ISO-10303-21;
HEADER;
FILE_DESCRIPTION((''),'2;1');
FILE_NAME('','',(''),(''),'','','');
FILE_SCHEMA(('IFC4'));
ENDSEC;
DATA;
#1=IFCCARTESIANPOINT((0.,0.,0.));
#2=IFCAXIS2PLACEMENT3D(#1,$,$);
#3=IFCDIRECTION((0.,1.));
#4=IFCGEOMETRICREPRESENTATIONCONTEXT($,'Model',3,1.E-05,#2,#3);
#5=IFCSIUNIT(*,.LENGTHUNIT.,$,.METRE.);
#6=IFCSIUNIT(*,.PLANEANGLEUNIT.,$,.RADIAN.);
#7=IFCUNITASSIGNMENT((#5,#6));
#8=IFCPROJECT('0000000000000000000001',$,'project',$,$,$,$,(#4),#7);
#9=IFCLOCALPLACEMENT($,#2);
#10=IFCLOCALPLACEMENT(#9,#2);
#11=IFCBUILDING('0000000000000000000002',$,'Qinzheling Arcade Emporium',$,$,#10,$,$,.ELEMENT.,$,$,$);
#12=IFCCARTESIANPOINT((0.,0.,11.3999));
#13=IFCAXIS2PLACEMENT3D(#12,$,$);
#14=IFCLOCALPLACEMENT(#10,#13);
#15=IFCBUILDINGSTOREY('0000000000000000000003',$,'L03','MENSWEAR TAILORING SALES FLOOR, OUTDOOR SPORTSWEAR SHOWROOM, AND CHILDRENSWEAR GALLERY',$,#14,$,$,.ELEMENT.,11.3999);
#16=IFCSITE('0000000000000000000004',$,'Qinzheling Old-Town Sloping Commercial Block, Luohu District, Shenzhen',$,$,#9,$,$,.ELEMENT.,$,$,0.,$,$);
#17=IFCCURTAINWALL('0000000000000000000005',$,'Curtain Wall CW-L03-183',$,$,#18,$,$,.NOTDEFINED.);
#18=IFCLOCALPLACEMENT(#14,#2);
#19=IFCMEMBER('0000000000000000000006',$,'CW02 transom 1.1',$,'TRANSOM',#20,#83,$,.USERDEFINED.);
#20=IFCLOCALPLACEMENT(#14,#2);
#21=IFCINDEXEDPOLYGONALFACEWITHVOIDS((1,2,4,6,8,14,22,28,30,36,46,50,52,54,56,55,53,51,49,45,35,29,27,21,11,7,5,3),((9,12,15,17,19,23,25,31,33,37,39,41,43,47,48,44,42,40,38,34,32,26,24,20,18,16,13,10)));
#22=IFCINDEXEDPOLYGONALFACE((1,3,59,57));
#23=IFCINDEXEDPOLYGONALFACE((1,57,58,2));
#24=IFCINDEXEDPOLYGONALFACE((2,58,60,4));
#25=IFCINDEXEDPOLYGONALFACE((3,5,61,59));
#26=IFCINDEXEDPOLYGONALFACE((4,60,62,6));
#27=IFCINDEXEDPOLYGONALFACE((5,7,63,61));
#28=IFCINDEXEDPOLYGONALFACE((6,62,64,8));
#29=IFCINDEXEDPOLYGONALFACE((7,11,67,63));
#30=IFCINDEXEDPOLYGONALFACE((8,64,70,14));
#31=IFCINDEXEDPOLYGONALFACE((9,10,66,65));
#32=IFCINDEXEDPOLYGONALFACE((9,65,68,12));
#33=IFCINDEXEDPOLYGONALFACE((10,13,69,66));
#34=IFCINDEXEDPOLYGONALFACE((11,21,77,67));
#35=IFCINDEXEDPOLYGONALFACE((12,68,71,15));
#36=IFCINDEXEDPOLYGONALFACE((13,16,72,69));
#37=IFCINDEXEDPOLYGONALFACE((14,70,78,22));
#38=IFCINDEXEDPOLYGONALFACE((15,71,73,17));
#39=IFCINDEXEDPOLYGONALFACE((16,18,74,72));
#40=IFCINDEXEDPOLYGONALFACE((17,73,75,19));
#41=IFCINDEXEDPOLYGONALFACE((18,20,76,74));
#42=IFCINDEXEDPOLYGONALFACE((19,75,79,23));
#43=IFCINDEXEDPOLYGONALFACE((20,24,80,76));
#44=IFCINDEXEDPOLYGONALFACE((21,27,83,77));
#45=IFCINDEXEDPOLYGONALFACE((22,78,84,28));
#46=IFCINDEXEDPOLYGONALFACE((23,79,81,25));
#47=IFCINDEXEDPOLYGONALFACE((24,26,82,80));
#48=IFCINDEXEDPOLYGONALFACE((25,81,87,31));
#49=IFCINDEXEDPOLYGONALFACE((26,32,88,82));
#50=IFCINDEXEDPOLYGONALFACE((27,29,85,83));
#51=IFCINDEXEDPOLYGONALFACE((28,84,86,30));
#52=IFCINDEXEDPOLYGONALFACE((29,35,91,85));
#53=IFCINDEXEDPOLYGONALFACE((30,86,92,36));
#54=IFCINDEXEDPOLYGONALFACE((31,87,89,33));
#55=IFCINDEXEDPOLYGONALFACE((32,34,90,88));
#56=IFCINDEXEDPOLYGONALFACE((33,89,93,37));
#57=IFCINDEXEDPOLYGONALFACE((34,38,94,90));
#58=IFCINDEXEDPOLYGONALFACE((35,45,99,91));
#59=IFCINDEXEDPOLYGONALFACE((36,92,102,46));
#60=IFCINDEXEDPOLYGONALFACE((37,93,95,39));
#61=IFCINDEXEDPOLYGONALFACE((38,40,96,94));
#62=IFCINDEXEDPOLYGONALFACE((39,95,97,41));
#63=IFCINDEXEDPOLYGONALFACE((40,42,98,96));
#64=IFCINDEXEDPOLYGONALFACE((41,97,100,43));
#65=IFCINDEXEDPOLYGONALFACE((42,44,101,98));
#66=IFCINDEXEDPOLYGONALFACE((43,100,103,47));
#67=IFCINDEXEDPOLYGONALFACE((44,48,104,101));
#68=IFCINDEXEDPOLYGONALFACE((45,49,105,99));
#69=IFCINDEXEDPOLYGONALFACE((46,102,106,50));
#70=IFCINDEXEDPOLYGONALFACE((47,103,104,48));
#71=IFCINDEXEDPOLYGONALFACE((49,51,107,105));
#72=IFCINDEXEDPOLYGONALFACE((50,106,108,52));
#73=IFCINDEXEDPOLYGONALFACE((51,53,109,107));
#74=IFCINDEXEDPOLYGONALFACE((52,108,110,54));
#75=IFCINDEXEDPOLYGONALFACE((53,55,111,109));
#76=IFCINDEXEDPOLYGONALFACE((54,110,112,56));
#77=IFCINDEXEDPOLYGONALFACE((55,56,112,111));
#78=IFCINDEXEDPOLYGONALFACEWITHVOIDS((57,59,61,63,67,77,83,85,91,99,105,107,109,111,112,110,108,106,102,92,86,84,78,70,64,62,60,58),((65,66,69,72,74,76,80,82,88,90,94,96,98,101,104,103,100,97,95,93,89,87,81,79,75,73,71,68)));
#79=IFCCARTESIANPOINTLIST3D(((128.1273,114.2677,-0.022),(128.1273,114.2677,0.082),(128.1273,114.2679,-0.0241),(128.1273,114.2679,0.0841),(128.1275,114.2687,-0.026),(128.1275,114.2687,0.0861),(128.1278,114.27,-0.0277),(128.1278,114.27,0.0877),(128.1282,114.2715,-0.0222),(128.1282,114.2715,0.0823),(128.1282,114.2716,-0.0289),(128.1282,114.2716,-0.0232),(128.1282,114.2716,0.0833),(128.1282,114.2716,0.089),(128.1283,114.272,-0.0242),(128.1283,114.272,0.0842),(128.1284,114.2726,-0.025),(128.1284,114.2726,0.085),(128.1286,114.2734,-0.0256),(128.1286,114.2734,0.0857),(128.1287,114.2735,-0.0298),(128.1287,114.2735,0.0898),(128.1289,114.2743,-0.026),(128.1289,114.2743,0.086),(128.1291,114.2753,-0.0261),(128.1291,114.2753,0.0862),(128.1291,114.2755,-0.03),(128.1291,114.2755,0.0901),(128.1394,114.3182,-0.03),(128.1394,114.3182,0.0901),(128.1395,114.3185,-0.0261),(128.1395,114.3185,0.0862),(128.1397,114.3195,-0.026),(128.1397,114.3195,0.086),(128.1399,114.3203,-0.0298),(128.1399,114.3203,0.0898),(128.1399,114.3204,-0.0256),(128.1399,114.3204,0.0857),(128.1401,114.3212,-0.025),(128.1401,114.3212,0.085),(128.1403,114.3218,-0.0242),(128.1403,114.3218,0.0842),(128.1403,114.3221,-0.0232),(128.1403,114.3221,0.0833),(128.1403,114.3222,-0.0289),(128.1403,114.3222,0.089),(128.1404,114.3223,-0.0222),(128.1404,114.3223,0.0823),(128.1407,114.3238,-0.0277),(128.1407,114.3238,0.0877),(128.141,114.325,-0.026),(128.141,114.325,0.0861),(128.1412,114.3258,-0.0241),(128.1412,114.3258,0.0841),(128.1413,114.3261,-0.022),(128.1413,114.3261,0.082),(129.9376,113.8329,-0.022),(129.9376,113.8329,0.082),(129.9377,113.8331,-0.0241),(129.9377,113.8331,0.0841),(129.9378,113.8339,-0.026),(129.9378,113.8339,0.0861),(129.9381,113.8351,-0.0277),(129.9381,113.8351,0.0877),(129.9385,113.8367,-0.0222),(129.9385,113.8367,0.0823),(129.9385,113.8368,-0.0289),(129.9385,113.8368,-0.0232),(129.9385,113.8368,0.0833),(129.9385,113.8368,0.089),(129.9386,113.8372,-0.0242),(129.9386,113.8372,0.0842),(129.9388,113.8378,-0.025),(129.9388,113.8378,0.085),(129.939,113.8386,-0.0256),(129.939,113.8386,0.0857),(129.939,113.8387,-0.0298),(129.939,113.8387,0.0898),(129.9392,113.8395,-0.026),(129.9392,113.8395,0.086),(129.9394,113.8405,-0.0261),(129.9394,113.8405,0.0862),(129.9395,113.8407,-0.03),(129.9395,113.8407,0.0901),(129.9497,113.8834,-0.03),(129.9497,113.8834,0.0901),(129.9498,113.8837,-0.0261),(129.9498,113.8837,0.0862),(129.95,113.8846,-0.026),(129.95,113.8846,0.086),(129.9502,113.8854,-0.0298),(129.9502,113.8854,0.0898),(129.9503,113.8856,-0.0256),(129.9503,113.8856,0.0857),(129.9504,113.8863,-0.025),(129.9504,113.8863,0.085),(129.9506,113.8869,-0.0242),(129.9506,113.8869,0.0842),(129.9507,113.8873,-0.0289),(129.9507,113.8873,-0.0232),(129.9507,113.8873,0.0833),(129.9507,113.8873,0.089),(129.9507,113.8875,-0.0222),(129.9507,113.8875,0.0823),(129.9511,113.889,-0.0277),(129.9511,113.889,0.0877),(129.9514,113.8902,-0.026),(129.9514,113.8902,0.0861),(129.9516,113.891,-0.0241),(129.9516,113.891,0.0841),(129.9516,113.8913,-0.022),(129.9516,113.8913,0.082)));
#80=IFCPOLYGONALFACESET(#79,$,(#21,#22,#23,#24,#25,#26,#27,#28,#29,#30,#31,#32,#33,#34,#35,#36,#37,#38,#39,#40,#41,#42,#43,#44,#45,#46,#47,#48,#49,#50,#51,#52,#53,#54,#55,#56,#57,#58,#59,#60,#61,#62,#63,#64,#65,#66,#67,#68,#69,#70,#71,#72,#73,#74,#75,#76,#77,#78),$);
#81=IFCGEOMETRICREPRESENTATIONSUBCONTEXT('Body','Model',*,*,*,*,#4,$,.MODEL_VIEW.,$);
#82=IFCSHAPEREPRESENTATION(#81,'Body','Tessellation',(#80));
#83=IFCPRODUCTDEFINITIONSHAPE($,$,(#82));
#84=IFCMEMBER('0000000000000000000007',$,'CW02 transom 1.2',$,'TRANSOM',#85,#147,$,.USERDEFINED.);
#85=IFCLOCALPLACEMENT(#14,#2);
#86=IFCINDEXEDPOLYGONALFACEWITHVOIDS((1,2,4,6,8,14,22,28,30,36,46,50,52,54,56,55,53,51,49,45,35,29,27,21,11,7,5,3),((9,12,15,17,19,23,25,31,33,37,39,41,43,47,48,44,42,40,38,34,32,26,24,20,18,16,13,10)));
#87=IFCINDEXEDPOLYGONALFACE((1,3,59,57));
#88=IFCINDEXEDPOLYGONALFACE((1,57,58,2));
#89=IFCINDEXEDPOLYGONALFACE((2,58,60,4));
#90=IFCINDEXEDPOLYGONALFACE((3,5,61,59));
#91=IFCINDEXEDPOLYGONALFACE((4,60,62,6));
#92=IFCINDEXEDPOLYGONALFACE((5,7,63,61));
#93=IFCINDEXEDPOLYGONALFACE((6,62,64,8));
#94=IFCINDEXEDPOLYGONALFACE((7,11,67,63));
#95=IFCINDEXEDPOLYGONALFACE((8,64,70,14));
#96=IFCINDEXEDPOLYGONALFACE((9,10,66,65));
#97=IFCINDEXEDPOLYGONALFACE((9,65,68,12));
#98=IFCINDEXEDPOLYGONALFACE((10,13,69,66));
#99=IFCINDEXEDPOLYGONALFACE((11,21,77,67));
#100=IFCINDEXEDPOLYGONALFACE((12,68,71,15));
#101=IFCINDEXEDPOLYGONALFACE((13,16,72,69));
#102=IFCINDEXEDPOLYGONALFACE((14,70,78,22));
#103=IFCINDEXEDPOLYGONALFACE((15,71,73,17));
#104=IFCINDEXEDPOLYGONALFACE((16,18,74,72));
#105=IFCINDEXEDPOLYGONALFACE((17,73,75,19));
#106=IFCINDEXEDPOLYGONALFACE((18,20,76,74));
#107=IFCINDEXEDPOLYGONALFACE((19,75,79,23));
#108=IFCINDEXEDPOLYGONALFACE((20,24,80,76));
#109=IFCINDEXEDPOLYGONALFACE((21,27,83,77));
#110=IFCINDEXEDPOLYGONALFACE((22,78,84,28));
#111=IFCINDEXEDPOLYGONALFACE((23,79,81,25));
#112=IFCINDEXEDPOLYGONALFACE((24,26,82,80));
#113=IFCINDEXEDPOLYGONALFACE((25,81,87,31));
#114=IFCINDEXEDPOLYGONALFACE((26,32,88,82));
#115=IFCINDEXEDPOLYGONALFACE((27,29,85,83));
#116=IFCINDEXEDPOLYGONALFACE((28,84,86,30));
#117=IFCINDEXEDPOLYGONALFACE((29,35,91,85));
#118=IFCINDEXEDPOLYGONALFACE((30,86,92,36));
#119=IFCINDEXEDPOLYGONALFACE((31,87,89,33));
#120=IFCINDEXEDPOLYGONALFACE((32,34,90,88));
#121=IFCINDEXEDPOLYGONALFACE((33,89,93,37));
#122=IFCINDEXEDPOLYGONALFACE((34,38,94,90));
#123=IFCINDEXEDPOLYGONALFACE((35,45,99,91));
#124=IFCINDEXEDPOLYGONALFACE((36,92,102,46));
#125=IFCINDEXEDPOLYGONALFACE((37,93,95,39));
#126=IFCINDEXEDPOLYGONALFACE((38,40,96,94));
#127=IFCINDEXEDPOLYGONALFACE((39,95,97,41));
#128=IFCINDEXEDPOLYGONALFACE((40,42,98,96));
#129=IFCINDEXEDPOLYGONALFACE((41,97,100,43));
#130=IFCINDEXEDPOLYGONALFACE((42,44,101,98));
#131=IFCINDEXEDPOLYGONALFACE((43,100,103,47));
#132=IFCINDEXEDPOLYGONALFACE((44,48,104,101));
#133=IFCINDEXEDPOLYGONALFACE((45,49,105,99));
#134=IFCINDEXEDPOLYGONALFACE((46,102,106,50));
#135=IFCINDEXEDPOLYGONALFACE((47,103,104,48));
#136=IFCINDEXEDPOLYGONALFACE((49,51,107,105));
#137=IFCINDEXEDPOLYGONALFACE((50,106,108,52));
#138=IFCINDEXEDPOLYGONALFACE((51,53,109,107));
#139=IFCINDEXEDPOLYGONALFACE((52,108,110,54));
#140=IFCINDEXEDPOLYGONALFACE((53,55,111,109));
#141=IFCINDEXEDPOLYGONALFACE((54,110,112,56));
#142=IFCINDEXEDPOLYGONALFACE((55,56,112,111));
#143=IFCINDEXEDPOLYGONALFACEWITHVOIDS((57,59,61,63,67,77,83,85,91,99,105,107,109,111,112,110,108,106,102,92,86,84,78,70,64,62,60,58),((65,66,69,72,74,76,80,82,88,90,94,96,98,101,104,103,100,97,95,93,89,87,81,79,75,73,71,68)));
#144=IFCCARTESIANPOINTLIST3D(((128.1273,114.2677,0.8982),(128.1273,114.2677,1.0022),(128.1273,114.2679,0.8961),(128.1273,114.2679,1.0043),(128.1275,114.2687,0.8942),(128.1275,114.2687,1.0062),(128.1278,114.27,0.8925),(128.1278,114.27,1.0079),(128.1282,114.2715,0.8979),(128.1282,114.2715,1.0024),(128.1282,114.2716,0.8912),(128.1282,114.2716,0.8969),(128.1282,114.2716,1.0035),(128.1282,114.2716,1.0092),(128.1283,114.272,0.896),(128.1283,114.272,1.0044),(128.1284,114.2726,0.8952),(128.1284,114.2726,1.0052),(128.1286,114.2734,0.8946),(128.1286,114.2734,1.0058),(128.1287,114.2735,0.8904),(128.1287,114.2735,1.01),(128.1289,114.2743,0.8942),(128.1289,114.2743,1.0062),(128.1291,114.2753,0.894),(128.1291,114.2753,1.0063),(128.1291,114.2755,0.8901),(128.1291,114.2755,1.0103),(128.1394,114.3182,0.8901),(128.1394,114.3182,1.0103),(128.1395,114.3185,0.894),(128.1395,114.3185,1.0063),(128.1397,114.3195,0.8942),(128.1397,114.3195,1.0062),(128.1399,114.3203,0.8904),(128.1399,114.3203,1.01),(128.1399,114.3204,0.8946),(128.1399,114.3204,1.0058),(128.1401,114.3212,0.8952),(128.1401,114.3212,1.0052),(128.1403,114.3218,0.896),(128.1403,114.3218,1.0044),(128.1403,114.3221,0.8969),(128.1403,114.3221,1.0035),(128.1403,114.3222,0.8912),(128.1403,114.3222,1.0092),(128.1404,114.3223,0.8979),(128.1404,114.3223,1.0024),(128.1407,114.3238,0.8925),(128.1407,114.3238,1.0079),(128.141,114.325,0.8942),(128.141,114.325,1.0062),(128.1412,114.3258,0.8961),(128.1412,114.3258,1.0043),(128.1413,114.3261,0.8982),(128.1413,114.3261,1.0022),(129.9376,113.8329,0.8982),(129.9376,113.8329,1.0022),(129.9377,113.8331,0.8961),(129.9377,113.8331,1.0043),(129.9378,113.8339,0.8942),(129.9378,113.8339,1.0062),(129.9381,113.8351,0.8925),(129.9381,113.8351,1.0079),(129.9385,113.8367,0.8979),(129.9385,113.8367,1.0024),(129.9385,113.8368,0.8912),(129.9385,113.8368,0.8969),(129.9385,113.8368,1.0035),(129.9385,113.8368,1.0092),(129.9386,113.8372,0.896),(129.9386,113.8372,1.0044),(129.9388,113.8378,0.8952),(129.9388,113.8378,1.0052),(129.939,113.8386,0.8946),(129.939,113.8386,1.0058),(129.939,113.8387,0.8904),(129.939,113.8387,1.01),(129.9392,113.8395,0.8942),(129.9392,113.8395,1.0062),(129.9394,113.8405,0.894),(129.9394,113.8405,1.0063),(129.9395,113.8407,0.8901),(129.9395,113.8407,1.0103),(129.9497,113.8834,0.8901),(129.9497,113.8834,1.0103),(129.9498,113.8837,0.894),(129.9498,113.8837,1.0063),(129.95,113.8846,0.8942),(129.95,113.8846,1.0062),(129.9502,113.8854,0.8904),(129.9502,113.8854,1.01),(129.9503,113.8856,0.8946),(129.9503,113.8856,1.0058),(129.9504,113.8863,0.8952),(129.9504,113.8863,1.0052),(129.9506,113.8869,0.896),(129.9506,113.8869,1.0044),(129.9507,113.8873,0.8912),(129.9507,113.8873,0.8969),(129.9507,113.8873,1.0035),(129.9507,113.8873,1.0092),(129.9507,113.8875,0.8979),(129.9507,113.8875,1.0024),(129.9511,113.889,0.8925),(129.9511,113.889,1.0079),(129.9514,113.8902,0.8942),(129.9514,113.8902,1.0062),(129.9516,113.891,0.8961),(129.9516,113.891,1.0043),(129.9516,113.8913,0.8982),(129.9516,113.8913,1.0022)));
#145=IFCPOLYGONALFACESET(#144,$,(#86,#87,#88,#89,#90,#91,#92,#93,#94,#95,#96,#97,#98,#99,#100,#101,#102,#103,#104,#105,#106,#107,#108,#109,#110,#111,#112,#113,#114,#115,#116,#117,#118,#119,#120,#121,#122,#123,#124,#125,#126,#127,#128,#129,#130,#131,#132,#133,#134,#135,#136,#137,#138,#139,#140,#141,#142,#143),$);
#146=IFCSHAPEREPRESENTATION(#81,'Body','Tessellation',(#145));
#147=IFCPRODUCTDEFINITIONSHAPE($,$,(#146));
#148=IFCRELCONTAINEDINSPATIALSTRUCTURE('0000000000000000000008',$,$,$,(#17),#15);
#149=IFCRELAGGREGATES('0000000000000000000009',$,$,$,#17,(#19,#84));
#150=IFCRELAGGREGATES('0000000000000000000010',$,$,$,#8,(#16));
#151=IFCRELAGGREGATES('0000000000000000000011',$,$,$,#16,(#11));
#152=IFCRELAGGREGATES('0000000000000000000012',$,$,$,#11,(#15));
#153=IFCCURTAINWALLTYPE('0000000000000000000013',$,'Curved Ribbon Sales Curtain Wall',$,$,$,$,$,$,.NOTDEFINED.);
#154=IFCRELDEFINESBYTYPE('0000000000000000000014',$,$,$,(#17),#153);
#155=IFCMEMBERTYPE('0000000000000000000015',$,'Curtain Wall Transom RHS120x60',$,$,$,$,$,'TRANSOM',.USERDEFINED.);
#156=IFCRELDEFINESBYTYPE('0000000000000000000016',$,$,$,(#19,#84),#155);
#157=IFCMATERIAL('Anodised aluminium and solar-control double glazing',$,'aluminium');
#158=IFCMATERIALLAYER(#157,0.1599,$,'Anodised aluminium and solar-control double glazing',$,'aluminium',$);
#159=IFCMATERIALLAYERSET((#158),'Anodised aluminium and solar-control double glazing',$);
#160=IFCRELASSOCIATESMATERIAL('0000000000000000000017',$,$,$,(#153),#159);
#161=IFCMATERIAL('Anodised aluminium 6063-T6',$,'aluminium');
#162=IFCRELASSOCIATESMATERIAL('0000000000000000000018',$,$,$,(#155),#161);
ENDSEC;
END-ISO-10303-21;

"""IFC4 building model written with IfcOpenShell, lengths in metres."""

from ifc_helpers import new_model, si_unit, direction, frame, origin, origin_2d, place, context, subcontext, project, spatial, hollow_rectangle, extrude, material, layer, layer_set, material_profile, profile_set, type_object, element, aggregate, save


model = new_model("IFC4")

# Units and contexts
model_context = context("Model", 3, precision=1e-05, world=origin(), true_north=direction((0.0, 1.0)))
body_context = subcontext(model_context, "Body", "Model", "MODEL_VIEW")
ifc_project = project(units=[si_unit("LENGTHUNIT", "METRE"), si_unit("PLANEANGLEUNIT", "RADIAN")], contexts=[model_context])

# Site, building, storey
site_placement = place(None, origin())
site = spatial("IfcSite", under=ifc_project, at=site_placement, Name="Qinzheling Old-Town Sloping Commercial Block, Luohu District, Shenzhen", CompositionType="ELEMENT", RefElevation=0.0)
building_placement = place(site_placement, origin())
building = spatial("IfcBuilding", under=site, at=building_placement, Name="Qinzheling Arcade Emporium", CompositionType="ELEMENT")
storey_placement = place(building_placement, frame((0.0, 0.0, 11.3999)))
storey = spatial("IfcBuildingStorey", under=building, at=storey_placement, Name="L03", Description="MENSWEAR TAILORING SALES FLOOR, OUTDOOR SPORTSWEAR SHOWROOM, AND CHILDRENSWEAR GALLERY", CompositionType="ELEMENT", Elevation=11.3999)

# Shared definitions
ifc_material_1 = material(Name="Anodised aluminium and solar-control double glazing", Category="aluminium")
ifc_layer_1 = layer(ifc_material_1, 0.1599, Name="Anodised aluminium and solar-control double glazing", Category="aluminium")
ifc_layer_set_1 = layer_set([ifc_layer_1], Name="Anodised aluminium and solar-control double glazing")
curtain_wall_type = type_object("IfcCurtainWallType", Name="Curved Ribbon Sales Curtain Wall", PredefinedType="NOTDEFINED", material=ifc_layer_set_1)
ifc_material_2 = material(Name="Anodised aluminium 6063-T6", Category="aluminium")

# Curtain wall
curtain_wall_1_placement = place(storey_placement, origin())
curtain_wall_1 = element("IfcCurtainWall", 1, at=curtain_wall_1_placement, inside=storey, type_object=curtain_wall_type, Name="Curtain Wall CW-L03-183", PredefinedType="NOTDEFINED")

# Members
ifc_material_profile_1 = material_profile(ifc_material_2, hollow_rectangle(XDim=0.0601, YDim=0.1201, WallThickness=0.0039, InnerFilletRadius=0.0039, OuterFilletRadius=0.0081, at=origin_2d()), Name="RHS 120x60x4", Category="aluminium")
ifc_profile_set_1 = profile_set([ifc_material_profile_1], Name="Anodised aluminium 6063-T6")
member_type_1 = type_object("IfcMemberType", Name="Curtain Wall Transom RHS120x60", ElementType="TRANSOM", PredefinedType="USERDEFINED", material=ifc_profile_set_1)
member_1_placement = place(storey_placement, frame((128.1343, 114.2969, 0.03), z_axis=(0.972346, -0.233547, 0.0), x_axis=(0.233547, 0.972346, 0.0)))
member_1 = element("IfcMember", 2, at=member_1_placement, type_object=member_type_1, Name="CW02 transom 1.1", ObjectType="TRANSOM", PredefinedType="USERDEFINED", context=body_context, shape_type="SweptSolid", body=[
    extrude(hollow_rectangle(XDim=0.0601, YDim=0.1201, WallThickness=0.0039, InnerFilletRadius=0.0039, OuterFilletRadius=0.0081, at=origin_2d()), origin(), (0.0, 0.0, 1.0), 1.8618),
])
member_2_placement = place(storey_placement, frame((128.1343, 114.2969, 0.9502), z_axis=(0.972346, -0.233547, 0.0), x_axis=(0.233547, 0.972346, 0.0)))
member_2 = element("IfcMember", 3, at=member_2_placement, type_object=member_type_1, Name="CW02 transom 1.2", ObjectType="TRANSOM", PredefinedType="USERDEFINED", context=body_context, shape_type="SweptSolid", body=[
    extrude(hollow_rectangle(XDim=0.0601, YDim=0.1201, WallThickness=0.0039, InnerFilletRadius=0.0039, OuterFilletRadius=0.0081, at=origin_2d()), origin(), (0.0, 0.0, 1.0), 1.8618),
])

aggregate(curtain_wall_1, [member_1, member_2])

save(model, "model.ifc")
